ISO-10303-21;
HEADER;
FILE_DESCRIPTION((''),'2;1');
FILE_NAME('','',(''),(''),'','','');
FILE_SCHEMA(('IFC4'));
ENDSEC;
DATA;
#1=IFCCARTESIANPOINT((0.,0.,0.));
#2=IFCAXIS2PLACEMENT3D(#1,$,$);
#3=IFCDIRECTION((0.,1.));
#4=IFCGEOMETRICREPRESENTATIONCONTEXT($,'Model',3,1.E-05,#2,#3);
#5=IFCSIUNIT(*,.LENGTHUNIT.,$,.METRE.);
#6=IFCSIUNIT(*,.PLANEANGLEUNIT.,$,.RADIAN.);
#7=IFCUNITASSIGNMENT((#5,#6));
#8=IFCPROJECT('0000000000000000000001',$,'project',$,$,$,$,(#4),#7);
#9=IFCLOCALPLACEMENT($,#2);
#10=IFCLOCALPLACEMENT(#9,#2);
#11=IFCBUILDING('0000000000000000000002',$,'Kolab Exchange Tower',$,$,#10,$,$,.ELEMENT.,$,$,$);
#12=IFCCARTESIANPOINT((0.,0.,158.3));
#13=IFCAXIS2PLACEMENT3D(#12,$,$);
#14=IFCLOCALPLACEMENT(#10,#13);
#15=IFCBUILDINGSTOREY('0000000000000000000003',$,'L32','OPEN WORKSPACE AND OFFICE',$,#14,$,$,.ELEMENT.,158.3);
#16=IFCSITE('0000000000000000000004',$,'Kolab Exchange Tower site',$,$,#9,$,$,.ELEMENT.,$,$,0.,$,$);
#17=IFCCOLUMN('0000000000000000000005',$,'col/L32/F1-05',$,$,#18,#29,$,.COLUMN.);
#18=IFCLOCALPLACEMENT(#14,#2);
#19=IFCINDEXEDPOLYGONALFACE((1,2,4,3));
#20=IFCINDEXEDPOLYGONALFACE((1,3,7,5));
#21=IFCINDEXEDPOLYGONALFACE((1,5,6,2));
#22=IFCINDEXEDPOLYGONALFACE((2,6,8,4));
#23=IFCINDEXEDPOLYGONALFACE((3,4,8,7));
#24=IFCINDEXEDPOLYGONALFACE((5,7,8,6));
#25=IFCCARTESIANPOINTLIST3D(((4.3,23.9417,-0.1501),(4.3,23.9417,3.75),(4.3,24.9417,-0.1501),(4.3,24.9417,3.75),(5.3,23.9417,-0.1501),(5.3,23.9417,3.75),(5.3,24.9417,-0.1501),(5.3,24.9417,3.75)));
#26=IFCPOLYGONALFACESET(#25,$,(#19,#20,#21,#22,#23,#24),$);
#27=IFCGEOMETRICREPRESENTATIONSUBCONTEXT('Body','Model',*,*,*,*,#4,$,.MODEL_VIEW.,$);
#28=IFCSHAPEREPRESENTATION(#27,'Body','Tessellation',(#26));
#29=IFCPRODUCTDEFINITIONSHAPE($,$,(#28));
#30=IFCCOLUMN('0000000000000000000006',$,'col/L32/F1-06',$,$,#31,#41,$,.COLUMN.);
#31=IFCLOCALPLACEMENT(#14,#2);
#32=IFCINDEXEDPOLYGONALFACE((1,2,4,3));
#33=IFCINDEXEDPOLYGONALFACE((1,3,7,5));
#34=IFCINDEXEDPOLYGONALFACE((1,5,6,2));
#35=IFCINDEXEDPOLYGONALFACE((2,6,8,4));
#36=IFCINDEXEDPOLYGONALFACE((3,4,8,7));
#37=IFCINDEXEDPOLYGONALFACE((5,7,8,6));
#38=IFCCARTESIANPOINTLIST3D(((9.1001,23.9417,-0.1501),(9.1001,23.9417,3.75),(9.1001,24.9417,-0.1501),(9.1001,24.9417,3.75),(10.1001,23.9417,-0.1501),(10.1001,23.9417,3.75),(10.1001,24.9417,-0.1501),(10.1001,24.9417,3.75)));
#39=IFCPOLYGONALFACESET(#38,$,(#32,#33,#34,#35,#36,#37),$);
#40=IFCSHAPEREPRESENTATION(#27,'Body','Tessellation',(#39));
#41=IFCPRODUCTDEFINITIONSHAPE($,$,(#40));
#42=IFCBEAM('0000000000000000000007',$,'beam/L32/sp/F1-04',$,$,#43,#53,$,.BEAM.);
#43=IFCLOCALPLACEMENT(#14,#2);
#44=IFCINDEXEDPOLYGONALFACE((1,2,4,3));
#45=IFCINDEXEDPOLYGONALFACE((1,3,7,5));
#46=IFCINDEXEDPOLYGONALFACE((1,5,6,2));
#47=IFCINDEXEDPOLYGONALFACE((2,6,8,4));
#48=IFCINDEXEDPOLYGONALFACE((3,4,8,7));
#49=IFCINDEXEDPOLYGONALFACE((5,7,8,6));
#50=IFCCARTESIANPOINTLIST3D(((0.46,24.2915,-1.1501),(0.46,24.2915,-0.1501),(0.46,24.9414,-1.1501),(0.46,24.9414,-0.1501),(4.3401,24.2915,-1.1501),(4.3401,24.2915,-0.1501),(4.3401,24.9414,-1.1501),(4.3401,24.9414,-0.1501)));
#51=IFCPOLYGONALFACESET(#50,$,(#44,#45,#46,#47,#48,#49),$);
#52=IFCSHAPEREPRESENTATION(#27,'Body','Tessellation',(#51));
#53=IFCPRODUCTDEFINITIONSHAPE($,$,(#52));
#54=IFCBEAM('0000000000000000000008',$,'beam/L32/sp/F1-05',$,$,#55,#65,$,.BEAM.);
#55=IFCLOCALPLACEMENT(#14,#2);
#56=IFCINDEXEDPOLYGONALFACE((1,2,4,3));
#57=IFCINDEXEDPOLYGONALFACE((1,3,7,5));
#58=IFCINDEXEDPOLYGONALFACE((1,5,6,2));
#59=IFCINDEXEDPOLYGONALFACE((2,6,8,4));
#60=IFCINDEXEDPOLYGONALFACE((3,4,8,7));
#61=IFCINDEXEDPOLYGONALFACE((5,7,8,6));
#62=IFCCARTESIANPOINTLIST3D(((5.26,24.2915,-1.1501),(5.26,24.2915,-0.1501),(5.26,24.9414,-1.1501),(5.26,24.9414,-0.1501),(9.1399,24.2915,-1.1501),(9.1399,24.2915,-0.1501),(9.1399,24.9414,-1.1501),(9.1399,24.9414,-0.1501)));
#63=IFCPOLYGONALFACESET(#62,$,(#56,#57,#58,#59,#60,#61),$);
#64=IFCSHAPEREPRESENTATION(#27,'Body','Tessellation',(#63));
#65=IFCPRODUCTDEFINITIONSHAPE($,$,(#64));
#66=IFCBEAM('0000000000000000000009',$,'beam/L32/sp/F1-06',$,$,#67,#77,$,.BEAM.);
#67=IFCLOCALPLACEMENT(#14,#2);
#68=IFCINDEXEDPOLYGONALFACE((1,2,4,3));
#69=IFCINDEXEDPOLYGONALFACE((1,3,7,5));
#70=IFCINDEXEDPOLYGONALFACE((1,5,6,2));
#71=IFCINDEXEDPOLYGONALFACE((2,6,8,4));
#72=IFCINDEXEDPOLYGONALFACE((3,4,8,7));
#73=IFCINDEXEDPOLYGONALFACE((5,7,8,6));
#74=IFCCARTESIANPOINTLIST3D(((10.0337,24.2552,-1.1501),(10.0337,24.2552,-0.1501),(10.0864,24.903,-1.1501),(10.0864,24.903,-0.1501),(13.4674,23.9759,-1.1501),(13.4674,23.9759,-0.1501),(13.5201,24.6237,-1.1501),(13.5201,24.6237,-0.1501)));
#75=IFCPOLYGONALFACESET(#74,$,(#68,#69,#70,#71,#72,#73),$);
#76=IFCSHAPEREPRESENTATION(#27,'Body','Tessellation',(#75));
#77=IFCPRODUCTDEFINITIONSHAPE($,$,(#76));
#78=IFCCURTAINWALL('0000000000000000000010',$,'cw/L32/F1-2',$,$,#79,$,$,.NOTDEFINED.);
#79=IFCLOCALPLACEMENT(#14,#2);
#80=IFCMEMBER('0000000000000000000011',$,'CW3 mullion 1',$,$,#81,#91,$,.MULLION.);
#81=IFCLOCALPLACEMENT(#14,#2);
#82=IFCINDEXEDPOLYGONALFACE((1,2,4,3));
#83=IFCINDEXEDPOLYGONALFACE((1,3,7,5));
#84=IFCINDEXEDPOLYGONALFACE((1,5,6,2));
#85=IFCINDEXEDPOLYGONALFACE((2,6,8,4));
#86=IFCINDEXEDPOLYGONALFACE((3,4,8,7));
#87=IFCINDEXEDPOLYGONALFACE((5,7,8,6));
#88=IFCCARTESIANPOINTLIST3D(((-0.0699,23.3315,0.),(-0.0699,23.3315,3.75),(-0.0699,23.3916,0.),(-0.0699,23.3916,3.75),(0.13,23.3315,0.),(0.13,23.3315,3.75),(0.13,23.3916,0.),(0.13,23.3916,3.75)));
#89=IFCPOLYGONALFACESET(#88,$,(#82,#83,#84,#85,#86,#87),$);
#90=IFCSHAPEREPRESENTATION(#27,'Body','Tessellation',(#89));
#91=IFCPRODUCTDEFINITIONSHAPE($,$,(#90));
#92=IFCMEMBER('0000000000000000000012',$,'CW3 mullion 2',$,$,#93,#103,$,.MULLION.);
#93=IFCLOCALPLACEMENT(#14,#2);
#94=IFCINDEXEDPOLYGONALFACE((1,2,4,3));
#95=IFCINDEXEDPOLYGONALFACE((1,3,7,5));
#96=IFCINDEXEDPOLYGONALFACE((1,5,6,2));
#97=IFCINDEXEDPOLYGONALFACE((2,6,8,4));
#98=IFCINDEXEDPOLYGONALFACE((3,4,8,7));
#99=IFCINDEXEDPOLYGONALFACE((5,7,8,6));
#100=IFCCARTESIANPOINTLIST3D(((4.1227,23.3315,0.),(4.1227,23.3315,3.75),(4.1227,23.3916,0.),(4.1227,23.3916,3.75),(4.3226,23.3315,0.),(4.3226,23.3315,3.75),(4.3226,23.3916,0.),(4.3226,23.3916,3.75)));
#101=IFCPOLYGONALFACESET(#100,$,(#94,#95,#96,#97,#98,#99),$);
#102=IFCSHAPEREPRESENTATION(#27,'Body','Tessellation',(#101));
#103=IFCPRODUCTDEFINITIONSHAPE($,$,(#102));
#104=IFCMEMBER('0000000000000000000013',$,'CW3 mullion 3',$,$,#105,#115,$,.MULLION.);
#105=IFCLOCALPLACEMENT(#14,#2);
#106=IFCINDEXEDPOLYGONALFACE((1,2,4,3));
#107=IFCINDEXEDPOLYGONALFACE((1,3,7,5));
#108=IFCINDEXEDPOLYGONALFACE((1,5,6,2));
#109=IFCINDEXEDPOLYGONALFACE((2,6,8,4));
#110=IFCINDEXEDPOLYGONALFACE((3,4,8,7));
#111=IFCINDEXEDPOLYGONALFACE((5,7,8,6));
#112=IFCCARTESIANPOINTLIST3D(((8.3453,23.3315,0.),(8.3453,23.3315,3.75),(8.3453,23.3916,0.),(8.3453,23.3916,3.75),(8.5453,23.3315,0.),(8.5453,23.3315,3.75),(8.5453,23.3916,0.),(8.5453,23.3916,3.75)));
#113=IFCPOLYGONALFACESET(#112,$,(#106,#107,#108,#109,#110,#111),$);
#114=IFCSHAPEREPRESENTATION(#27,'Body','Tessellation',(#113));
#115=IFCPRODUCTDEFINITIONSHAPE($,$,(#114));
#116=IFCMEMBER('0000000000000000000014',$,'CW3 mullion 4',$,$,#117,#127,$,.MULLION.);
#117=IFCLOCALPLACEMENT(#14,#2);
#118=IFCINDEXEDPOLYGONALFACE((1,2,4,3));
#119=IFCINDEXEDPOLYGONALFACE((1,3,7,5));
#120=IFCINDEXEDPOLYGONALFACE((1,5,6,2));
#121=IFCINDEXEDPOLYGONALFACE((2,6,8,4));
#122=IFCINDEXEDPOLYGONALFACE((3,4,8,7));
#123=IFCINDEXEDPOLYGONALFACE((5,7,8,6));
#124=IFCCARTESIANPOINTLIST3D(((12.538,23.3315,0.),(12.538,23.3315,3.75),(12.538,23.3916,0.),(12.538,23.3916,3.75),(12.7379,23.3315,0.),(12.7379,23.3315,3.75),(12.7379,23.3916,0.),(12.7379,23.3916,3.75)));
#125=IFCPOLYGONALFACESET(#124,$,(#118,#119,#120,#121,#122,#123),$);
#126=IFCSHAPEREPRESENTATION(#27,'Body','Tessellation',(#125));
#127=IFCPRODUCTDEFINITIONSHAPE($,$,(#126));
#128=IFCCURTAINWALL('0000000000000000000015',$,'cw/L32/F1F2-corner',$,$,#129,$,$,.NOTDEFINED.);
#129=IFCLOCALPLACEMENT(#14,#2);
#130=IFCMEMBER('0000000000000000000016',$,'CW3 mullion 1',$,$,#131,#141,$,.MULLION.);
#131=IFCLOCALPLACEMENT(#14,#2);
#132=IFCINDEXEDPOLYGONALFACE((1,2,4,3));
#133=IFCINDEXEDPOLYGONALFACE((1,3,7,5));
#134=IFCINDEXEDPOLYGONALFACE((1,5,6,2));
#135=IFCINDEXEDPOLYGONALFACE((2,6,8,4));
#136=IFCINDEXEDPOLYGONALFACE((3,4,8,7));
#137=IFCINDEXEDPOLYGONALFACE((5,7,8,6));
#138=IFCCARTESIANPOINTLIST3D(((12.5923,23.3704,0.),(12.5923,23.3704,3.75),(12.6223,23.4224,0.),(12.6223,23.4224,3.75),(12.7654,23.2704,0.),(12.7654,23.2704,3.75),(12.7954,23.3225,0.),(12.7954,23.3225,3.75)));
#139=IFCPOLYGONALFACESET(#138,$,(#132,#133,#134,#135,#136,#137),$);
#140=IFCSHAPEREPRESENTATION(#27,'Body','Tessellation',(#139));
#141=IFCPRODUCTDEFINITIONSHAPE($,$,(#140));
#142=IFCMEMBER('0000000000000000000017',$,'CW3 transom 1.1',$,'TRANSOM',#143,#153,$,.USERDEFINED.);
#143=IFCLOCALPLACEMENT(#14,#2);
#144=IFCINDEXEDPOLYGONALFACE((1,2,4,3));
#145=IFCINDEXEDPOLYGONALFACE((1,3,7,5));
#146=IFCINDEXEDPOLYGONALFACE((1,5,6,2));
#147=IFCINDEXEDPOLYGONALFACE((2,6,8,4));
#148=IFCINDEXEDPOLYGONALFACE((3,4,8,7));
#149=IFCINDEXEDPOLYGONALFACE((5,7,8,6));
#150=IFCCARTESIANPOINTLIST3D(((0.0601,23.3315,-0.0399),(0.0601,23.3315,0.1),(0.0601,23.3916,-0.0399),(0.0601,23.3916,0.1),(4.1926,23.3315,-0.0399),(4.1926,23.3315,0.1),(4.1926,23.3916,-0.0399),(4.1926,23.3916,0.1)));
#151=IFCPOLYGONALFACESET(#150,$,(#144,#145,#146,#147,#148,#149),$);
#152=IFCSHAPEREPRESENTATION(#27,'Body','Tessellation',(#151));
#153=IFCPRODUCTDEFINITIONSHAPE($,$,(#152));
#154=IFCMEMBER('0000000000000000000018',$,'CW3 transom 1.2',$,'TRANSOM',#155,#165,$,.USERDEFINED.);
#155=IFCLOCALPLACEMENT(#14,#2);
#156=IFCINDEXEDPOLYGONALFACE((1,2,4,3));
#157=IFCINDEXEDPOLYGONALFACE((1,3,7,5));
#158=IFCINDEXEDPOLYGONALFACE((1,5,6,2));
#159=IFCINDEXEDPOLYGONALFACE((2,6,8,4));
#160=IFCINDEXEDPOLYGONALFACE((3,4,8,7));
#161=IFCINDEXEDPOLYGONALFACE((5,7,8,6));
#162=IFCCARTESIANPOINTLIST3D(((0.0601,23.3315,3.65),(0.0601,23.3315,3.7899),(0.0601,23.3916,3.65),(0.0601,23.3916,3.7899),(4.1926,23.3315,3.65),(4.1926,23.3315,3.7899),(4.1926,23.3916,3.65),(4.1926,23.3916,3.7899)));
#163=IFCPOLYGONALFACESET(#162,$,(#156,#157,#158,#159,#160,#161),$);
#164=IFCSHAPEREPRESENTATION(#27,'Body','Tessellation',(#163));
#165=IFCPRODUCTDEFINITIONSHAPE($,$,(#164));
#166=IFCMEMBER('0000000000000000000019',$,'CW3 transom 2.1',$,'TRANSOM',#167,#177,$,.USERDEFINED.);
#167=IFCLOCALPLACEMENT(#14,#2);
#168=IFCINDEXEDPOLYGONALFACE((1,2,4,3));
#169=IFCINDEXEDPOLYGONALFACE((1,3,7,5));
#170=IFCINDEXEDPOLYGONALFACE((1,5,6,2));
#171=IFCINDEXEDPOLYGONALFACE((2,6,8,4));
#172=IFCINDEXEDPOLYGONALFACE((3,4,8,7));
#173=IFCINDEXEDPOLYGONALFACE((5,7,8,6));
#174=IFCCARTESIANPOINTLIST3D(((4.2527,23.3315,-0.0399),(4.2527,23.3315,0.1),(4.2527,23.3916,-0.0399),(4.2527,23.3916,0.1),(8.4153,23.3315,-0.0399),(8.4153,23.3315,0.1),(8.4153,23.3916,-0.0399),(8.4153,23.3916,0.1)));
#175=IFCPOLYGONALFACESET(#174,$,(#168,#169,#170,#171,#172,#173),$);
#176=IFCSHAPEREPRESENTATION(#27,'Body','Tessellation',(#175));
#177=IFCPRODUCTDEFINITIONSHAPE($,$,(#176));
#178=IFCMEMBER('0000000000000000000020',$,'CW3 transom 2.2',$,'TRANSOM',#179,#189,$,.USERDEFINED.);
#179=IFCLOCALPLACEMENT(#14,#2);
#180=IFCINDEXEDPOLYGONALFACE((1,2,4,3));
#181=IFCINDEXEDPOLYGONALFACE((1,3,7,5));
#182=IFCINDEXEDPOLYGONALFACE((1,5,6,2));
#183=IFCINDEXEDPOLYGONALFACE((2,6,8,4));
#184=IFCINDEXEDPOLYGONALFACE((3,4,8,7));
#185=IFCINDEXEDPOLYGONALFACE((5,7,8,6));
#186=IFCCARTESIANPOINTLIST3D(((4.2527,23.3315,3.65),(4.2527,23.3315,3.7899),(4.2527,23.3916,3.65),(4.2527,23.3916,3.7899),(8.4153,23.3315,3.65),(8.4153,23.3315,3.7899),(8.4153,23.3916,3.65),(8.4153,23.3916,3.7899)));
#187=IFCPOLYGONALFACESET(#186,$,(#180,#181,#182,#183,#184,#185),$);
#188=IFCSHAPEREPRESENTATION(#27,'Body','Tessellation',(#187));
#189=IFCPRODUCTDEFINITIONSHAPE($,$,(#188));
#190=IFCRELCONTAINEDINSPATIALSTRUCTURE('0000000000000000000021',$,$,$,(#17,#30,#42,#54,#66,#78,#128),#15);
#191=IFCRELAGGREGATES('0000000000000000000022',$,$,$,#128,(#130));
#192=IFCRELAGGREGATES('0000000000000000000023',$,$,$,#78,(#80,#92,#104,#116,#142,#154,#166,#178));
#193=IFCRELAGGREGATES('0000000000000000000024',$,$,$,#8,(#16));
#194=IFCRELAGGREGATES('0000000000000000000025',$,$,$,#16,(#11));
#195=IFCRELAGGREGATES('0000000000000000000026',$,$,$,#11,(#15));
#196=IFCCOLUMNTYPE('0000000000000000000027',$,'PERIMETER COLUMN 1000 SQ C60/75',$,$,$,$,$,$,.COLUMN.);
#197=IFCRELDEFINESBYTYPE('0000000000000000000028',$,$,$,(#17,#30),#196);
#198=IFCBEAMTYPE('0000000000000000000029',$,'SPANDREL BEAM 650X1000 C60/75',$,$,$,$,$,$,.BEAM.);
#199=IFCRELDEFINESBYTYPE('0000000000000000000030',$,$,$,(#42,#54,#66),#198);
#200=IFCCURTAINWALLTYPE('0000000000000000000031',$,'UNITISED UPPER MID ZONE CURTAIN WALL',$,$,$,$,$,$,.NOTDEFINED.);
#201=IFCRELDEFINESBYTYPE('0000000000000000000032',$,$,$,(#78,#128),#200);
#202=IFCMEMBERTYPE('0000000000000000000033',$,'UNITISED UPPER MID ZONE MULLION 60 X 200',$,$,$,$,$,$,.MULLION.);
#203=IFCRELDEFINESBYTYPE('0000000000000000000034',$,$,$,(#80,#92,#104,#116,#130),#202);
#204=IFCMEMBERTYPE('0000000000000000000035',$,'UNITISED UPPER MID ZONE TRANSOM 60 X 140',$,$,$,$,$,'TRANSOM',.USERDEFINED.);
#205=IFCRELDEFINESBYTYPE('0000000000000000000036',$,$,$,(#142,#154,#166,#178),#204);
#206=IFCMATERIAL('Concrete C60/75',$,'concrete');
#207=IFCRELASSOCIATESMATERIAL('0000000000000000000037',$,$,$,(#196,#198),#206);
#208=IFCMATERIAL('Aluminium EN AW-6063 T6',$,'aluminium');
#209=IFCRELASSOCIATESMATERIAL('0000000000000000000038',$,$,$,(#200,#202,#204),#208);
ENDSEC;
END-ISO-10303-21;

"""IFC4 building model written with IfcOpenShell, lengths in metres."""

from ifc_helpers import new_model, si_unit, direction, frame, origin, origin_2d, place, context, subcontext, project, spatial, rectangle, extrude, material, material_profile, profile_set, type_object, element, aggregate, save


model = new_model("IFC4")

# Units and contexts
model_context = context("Model", 3, precision=1e-05, world=origin(), true_north=direction((0.0, 1.0)))
body_context = subcontext(model_context, "Body", "Model", "MODEL_VIEW")
ifc_project = project(units=[si_unit("LENGTHUNIT", "METRE"), si_unit("PLANEANGLEUNIT", "RADIAN")], contexts=[model_context])

# Site, building, storey
site_placement = place(None, origin())
site = spatial("IfcSite", under=ifc_project, at=site_placement, Name="Kolab Exchange Tower site", CompositionType="ELEMENT", RefElevation=0.0)
building_placement = place(site_placement, origin())
building = spatial("IfcBuilding", under=site, at=building_placement, Name="Kolab Exchange Tower", CompositionType="ELEMENT")
storey_placement = place(building_placement, frame((0.0, 0.0, 158.3)))
storey = spatial("IfcBuildingStorey", under=building, at=storey_placement, Name="L32", Description="OPEN WORKSPACE AND OFFICE", CompositionType="ELEMENT", Elevation=158.3)

# Columns
ifc_material_1 = material(Name="Concrete C60/75", Category="concrete")
ifc_material_profile_1 = material_profile(ifc_material_1, rectangle(XDim=1.0, YDim=1.0, at=origin_2d()), Name="RC1000")
ifc_profile_set_1 = profile_set([ifc_material_profile_1], Name="Concrete C60/75")
column_type = type_object("IfcColumnType", Name="PERIMETER COLUMN 1000 SQ C60/75", PredefinedType="COLUMN", material=ifc_profile_set_1)
for number, where, z_axis, x_axis, name in (
    (1, (4.8, 24.4417, -0.1501), (0.0, 0.0, 1.0), (1.0, 0.0, 0.0), "col/L32/F1-05"),
    (2, (9.6001, 24.4417, -0.1501), (0.0, 0.0, 1.0), (1.0, 0.0, 0.0), "col/L32/F1-06"),
):
    element("IfcColumn", number, at=place(storey_placement, frame(where, z_axis=z_axis, x_axis=x_axis)), inside=storey, type_object=column_type, Name=name, PredefinedType="COLUMN", context=body_context, shape_type="SweptSolid", body=[
        extrude(rectangle(XDim=1.0, YDim=1.0, at=origin_2d()), origin(), (0.0, 0.0, 1.0), 3.9001),
    ])

# Beams
ifc_material_profile_2 = material_profile(ifc_material_1, rectangle(XDim=0.6499, YDim=1.0, at=origin_2d()), Name="RC650X1000")
ifc_profile_set_2 = profile_set([ifc_material_profile_2], Name="Concrete C60/75")
beam_type = type_object("IfcBeamType", Name="SPANDREL BEAM 650X1000 C60/75", PredefinedType="BEAM", material=ifc_profile_set_2)
beam_1_placement = place(storey_placement, frame((0.46, 24.6165, -0.6501), z_axis=(1.0, 0.0, 0.0), x_axis=(0.0, 1.0, 0.0)))
element("IfcBeam", 3, at=beam_1_placement, inside=storey, type_object=beam_type, Name="beam/L32/sp/F1-04", PredefinedType="BEAM", context=body_context, shape_type="SweptSolid", body=[
    extrude(rectangle(XDim=0.6499, YDim=1.0, at=origin_2d()), origin(), (0.0, 0.0, 1.0), 3.8801),
])
beam_2_placement = place(storey_placement, frame((5.26, 24.6165, -0.6501), z_axis=(1.0, 0.0, 0.0), x_axis=(0.0, 1.0, 0.0)))
element("IfcBeam", 4, at=beam_2_placement, inside=storey, type_object=beam_type, Name="beam/L32/sp/F1-05", PredefinedType="BEAM", context=body_context, shape_type="SweptSolid", body=[
    extrude(rectangle(XDim=0.6499, YDim=1.0, at=origin_2d()), origin(), (0.0, 0.0, 1.0), 3.8799),
])
beam_3_placement = place(storey_placement, frame((10.0601, 24.5791, -0.6501), z_axis=(0.996708, -0.081069, 0.0), x_axis=(0.081069, 0.996708, 0.0)))
element("IfcBeam", 5, at=beam_3_placement, inside=storey, type_object=beam_type, Name="beam/L32/sp/F1-06", PredefinedType="BEAM", context=body_context, shape_type="SweptSolid", body=[
    extrude(rectangle(XDim=0.6499, YDim=1.0, at=origin_2d()), origin(), (0.0, 0.0, 1.0), 3.4451),
])

# Curtain wall, members
ifc_material_2 = material(Name="Aluminium EN AW-6063 T6", Category="aluminium")
curtain_wall_type = type_object("IfcCurtainWallType", Name="UNITISED UPPER MID ZONE CURTAIN WALL", PredefinedType="NOTDEFINED", material=ifc_material_2)
curtain_wall_1_placement = place(storey_placement, origin())
curtain_wall_1 = element("IfcCurtainWall", 6, at=curtain_wall_1_placement, inside=storey, type_object=curtain_wall_type, Name="cw/L32/F1-2", PredefinedType="NOTDEFINED")
ifc_material_profile_3 = material_profile(ifc_material_2, rectangle(XDim=0.0601, YDim=0.2, at=origin_2d()), Name="RECT 60X200")
ifc_profile_set_3 = profile_set([ifc_material_profile_3], Name="Aluminium EN AW-6063 T6")
member_type_1 = type_object("IfcMemberType", Name="UNITISED UPPER MID ZONE MULLION 60 X 200", PredefinedType="MULLION", material=ifc_profile_set_3)
member_1_placement = place(storey_placement, frame((0.03, 23.3616, 0.0), z_axis=(0.0, 0.0, 1.0), x_axis=(0.0, 1.0, 0.0)))
member_1 = element("IfcMember", 7, at=member_1_placement, type_object=member_type_1, Name="CW3 mullion 1", PredefinedType="MULLION", context=body_context, shape_type="SweptSolid", body=[
    extrude(rectangle(XDim=0.0601, YDim=0.2, at=origin_2d()), origin(), (0.0, 0.0, 1.0), 3.75),
])
member_2_placement = place(storey_placement, frame((4.2227, 23.3616, 0.0), z_axis=(0.0, 0.0, 1.0), x_axis=(0.0, 1.0, 0.0)))
member_2 = element("IfcMember", 8, at=member_2_placement, type_object=member_type_1, Name="CW3 mullion 2", PredefinedType="MULLION", context=body_context, shape_type="SweptSolid", body=[
    extrude(rectangle(XDim=0.0601, YDim=0.2, at=origin_2d()), origin(), (0.0, 0.0, 1.0), 3.75),
])
member_3_placement = place(storey_placement, frame((8.4453, 23.3616, 0.0), z_axis=(0.0, 0.0, 1.0), x_axis=(0.0, 1.0, 0.0)))
member_3 = element("IfcMember", 9, at=member_3_placement, type_object=member_type_1, Name="CW3 mullion 3", PredefinedType="MULLION", context=body_context, shape_type="SweptSolid", body=[
    extrude(rectangle(XDim=0.0601, YDim=0.2, at=origin_2d()), origin(), (0.0, 0.0, 1.0), 3.75),
])
member_4_placement = place(storey_placement, frame((12.6379, 23.3616, 0.0), z_axis=(0.0, 0.0, 1.0), x_axis=(0.0, 1.0, 0.0)))
member_4 = element("IfcMember", 10, at=member_4_placement, type_object=member_type_1, Name="CW3 mullion 4", PredefinedType="MULLION", context=body_context, shape_type="SweptSolid", body=[
    extrude(rectangle(XDim=0.0601, YDim=0.2, at=origin_2d()), origin(), (0.0, 0.0, 1.0), 3.75),
])

# Curtain wall, member
curtain_wall_2_placement = place(storey_placement, origin())
curtain_wall_2 = element("IfcCurtainWall", 11, at=curtain_wall_2_placement, inside=storey, type_object=curtain_wall_type, Name="cw/L32/F1F2-corner", PredefinedType="NOTDEFINED")
member_5_placement = place(storey_placement, frame((12.6938, 23.3464, 0.0), z_axis=(0.0, 0.0, 1.0), x_axis=(0.5, 0.866025, 0.0)))
member_5 = element("IfcMember", 12, at=member_5_placement, type_object=member_type_1, Name="CW3 mullion 1", PredefinedType="MULLION", context=body_context, shape_type="SweptSolid", body=[
    extrude(rectangle(XDim=0.0601, YDim=0.2, at=origin_2d()), origin(), (0.0, 0.0, 1.0), 3.75),
])

# Members
ifc_material_profile_4 = material_profile(ifc_material_2, rectangle(XDim=0.0601, YDim=0.1399, at=origin_2d()), Name="RECT 60X140")
ifc_profile_set_4 = profile_set([ifc_material_profile_4], Name="Aluminium EN AW-6063 T6")
member_type_2 = type_object("IfcMemberType", Name="UNITISED UPPER MID ZONE TRANSOM 60 X 140", ElementType="TRANSOM", PredefinedType="USERDEFINED", material=ifc_profile_set_4)
member_6_placement = place(storey_placement, frame((0.0601, 23.3616, 0.03), z_axis=(1.0, 0.0, 0.0), x_axis=(0.0, 1.0, 0.0)))
member_6 = element("IfcMember", 13, at=member_6_placement, type_object=member_type_2, Name="CW3 transom 1.1", ObjectType="TRANSOM", PredefinedType="USERDEFINED", context=body_context, shape_type="SweptSolid", body=[
    extrude(rectangle(XDim=0.0601, YDim=0.1399, at=origin_2d()), origin(), (0.0, 0.0, 1.0), 4.1326),
])
member_7_placement = place(storey_placement, frame((0.0601, 23.3616, 3.72), z_axis=(1.0, 0.0, 0.0), x_axis=(0.0, 1.0, 0.0)))
member_7 = element("IfcMember", 14, at=member_7_placement, type_object=member_type_2, Name="CW3 transom 1.2", ObjectType="TRANSOM", PredefinedType="USERDEFINED", context=body_context, shape_type="SweptSolid", body=[
    extrude(rectangle(XDim=0.0601, YDim=0.1399, at=origin_2d()), origin(), (0.0, 0.0, 1.0), 4.1326),
])
member_8_placement = place(storey_placement, frame((4.2527, 23.3616, 0.03), z_axis=(1.0, 0.0, 0.0), x_axis=(0.0, 1.0, 0.0)))
member_8 = element("IfcMember", 15, at=member_8_placement, type_object=member_type_2, Name="CW3 transom 2.1", ObjectType="TRANSOM", PredefinedType="USERDEFINED", context=body_context, shape_type="SweptSolid", body=[
    extrude(rectangle(XDim=0.0601, YDim=0.1399, at=origin_2d()), origin(), (0.0, 0.0, 1.0), 4.1626),
])
member_9_placement = place(storey_placement, frame((4.2527, 23.3616, 3.72), z_axis=(1.0, 0.0, 0.0), x_axis=(0.0, 1.0, 0.0)))
member_9 = element("IfcMember", 16, at=member_9_placement, type_object=member_type_2, Name="CW3 transom 2.2", ObjectType="TRANSOM", PredefinedType="USERDEFINED", context=body_context, shape_type="SweptSolid", body=[
    extrude(rectangle(XDim=0.0601, YDim=0.1399, at=origin_2d()), origin(), (0.0, 0.0, 1.0), 4.1626),
])
aggregate(curtain_wall_2, [member_5])

aggregate(curtain_wall_1, [member_1, member_2, member_3, member_4, member_6, member_7, member_8, member_9])

save(model, "model.ifc")
